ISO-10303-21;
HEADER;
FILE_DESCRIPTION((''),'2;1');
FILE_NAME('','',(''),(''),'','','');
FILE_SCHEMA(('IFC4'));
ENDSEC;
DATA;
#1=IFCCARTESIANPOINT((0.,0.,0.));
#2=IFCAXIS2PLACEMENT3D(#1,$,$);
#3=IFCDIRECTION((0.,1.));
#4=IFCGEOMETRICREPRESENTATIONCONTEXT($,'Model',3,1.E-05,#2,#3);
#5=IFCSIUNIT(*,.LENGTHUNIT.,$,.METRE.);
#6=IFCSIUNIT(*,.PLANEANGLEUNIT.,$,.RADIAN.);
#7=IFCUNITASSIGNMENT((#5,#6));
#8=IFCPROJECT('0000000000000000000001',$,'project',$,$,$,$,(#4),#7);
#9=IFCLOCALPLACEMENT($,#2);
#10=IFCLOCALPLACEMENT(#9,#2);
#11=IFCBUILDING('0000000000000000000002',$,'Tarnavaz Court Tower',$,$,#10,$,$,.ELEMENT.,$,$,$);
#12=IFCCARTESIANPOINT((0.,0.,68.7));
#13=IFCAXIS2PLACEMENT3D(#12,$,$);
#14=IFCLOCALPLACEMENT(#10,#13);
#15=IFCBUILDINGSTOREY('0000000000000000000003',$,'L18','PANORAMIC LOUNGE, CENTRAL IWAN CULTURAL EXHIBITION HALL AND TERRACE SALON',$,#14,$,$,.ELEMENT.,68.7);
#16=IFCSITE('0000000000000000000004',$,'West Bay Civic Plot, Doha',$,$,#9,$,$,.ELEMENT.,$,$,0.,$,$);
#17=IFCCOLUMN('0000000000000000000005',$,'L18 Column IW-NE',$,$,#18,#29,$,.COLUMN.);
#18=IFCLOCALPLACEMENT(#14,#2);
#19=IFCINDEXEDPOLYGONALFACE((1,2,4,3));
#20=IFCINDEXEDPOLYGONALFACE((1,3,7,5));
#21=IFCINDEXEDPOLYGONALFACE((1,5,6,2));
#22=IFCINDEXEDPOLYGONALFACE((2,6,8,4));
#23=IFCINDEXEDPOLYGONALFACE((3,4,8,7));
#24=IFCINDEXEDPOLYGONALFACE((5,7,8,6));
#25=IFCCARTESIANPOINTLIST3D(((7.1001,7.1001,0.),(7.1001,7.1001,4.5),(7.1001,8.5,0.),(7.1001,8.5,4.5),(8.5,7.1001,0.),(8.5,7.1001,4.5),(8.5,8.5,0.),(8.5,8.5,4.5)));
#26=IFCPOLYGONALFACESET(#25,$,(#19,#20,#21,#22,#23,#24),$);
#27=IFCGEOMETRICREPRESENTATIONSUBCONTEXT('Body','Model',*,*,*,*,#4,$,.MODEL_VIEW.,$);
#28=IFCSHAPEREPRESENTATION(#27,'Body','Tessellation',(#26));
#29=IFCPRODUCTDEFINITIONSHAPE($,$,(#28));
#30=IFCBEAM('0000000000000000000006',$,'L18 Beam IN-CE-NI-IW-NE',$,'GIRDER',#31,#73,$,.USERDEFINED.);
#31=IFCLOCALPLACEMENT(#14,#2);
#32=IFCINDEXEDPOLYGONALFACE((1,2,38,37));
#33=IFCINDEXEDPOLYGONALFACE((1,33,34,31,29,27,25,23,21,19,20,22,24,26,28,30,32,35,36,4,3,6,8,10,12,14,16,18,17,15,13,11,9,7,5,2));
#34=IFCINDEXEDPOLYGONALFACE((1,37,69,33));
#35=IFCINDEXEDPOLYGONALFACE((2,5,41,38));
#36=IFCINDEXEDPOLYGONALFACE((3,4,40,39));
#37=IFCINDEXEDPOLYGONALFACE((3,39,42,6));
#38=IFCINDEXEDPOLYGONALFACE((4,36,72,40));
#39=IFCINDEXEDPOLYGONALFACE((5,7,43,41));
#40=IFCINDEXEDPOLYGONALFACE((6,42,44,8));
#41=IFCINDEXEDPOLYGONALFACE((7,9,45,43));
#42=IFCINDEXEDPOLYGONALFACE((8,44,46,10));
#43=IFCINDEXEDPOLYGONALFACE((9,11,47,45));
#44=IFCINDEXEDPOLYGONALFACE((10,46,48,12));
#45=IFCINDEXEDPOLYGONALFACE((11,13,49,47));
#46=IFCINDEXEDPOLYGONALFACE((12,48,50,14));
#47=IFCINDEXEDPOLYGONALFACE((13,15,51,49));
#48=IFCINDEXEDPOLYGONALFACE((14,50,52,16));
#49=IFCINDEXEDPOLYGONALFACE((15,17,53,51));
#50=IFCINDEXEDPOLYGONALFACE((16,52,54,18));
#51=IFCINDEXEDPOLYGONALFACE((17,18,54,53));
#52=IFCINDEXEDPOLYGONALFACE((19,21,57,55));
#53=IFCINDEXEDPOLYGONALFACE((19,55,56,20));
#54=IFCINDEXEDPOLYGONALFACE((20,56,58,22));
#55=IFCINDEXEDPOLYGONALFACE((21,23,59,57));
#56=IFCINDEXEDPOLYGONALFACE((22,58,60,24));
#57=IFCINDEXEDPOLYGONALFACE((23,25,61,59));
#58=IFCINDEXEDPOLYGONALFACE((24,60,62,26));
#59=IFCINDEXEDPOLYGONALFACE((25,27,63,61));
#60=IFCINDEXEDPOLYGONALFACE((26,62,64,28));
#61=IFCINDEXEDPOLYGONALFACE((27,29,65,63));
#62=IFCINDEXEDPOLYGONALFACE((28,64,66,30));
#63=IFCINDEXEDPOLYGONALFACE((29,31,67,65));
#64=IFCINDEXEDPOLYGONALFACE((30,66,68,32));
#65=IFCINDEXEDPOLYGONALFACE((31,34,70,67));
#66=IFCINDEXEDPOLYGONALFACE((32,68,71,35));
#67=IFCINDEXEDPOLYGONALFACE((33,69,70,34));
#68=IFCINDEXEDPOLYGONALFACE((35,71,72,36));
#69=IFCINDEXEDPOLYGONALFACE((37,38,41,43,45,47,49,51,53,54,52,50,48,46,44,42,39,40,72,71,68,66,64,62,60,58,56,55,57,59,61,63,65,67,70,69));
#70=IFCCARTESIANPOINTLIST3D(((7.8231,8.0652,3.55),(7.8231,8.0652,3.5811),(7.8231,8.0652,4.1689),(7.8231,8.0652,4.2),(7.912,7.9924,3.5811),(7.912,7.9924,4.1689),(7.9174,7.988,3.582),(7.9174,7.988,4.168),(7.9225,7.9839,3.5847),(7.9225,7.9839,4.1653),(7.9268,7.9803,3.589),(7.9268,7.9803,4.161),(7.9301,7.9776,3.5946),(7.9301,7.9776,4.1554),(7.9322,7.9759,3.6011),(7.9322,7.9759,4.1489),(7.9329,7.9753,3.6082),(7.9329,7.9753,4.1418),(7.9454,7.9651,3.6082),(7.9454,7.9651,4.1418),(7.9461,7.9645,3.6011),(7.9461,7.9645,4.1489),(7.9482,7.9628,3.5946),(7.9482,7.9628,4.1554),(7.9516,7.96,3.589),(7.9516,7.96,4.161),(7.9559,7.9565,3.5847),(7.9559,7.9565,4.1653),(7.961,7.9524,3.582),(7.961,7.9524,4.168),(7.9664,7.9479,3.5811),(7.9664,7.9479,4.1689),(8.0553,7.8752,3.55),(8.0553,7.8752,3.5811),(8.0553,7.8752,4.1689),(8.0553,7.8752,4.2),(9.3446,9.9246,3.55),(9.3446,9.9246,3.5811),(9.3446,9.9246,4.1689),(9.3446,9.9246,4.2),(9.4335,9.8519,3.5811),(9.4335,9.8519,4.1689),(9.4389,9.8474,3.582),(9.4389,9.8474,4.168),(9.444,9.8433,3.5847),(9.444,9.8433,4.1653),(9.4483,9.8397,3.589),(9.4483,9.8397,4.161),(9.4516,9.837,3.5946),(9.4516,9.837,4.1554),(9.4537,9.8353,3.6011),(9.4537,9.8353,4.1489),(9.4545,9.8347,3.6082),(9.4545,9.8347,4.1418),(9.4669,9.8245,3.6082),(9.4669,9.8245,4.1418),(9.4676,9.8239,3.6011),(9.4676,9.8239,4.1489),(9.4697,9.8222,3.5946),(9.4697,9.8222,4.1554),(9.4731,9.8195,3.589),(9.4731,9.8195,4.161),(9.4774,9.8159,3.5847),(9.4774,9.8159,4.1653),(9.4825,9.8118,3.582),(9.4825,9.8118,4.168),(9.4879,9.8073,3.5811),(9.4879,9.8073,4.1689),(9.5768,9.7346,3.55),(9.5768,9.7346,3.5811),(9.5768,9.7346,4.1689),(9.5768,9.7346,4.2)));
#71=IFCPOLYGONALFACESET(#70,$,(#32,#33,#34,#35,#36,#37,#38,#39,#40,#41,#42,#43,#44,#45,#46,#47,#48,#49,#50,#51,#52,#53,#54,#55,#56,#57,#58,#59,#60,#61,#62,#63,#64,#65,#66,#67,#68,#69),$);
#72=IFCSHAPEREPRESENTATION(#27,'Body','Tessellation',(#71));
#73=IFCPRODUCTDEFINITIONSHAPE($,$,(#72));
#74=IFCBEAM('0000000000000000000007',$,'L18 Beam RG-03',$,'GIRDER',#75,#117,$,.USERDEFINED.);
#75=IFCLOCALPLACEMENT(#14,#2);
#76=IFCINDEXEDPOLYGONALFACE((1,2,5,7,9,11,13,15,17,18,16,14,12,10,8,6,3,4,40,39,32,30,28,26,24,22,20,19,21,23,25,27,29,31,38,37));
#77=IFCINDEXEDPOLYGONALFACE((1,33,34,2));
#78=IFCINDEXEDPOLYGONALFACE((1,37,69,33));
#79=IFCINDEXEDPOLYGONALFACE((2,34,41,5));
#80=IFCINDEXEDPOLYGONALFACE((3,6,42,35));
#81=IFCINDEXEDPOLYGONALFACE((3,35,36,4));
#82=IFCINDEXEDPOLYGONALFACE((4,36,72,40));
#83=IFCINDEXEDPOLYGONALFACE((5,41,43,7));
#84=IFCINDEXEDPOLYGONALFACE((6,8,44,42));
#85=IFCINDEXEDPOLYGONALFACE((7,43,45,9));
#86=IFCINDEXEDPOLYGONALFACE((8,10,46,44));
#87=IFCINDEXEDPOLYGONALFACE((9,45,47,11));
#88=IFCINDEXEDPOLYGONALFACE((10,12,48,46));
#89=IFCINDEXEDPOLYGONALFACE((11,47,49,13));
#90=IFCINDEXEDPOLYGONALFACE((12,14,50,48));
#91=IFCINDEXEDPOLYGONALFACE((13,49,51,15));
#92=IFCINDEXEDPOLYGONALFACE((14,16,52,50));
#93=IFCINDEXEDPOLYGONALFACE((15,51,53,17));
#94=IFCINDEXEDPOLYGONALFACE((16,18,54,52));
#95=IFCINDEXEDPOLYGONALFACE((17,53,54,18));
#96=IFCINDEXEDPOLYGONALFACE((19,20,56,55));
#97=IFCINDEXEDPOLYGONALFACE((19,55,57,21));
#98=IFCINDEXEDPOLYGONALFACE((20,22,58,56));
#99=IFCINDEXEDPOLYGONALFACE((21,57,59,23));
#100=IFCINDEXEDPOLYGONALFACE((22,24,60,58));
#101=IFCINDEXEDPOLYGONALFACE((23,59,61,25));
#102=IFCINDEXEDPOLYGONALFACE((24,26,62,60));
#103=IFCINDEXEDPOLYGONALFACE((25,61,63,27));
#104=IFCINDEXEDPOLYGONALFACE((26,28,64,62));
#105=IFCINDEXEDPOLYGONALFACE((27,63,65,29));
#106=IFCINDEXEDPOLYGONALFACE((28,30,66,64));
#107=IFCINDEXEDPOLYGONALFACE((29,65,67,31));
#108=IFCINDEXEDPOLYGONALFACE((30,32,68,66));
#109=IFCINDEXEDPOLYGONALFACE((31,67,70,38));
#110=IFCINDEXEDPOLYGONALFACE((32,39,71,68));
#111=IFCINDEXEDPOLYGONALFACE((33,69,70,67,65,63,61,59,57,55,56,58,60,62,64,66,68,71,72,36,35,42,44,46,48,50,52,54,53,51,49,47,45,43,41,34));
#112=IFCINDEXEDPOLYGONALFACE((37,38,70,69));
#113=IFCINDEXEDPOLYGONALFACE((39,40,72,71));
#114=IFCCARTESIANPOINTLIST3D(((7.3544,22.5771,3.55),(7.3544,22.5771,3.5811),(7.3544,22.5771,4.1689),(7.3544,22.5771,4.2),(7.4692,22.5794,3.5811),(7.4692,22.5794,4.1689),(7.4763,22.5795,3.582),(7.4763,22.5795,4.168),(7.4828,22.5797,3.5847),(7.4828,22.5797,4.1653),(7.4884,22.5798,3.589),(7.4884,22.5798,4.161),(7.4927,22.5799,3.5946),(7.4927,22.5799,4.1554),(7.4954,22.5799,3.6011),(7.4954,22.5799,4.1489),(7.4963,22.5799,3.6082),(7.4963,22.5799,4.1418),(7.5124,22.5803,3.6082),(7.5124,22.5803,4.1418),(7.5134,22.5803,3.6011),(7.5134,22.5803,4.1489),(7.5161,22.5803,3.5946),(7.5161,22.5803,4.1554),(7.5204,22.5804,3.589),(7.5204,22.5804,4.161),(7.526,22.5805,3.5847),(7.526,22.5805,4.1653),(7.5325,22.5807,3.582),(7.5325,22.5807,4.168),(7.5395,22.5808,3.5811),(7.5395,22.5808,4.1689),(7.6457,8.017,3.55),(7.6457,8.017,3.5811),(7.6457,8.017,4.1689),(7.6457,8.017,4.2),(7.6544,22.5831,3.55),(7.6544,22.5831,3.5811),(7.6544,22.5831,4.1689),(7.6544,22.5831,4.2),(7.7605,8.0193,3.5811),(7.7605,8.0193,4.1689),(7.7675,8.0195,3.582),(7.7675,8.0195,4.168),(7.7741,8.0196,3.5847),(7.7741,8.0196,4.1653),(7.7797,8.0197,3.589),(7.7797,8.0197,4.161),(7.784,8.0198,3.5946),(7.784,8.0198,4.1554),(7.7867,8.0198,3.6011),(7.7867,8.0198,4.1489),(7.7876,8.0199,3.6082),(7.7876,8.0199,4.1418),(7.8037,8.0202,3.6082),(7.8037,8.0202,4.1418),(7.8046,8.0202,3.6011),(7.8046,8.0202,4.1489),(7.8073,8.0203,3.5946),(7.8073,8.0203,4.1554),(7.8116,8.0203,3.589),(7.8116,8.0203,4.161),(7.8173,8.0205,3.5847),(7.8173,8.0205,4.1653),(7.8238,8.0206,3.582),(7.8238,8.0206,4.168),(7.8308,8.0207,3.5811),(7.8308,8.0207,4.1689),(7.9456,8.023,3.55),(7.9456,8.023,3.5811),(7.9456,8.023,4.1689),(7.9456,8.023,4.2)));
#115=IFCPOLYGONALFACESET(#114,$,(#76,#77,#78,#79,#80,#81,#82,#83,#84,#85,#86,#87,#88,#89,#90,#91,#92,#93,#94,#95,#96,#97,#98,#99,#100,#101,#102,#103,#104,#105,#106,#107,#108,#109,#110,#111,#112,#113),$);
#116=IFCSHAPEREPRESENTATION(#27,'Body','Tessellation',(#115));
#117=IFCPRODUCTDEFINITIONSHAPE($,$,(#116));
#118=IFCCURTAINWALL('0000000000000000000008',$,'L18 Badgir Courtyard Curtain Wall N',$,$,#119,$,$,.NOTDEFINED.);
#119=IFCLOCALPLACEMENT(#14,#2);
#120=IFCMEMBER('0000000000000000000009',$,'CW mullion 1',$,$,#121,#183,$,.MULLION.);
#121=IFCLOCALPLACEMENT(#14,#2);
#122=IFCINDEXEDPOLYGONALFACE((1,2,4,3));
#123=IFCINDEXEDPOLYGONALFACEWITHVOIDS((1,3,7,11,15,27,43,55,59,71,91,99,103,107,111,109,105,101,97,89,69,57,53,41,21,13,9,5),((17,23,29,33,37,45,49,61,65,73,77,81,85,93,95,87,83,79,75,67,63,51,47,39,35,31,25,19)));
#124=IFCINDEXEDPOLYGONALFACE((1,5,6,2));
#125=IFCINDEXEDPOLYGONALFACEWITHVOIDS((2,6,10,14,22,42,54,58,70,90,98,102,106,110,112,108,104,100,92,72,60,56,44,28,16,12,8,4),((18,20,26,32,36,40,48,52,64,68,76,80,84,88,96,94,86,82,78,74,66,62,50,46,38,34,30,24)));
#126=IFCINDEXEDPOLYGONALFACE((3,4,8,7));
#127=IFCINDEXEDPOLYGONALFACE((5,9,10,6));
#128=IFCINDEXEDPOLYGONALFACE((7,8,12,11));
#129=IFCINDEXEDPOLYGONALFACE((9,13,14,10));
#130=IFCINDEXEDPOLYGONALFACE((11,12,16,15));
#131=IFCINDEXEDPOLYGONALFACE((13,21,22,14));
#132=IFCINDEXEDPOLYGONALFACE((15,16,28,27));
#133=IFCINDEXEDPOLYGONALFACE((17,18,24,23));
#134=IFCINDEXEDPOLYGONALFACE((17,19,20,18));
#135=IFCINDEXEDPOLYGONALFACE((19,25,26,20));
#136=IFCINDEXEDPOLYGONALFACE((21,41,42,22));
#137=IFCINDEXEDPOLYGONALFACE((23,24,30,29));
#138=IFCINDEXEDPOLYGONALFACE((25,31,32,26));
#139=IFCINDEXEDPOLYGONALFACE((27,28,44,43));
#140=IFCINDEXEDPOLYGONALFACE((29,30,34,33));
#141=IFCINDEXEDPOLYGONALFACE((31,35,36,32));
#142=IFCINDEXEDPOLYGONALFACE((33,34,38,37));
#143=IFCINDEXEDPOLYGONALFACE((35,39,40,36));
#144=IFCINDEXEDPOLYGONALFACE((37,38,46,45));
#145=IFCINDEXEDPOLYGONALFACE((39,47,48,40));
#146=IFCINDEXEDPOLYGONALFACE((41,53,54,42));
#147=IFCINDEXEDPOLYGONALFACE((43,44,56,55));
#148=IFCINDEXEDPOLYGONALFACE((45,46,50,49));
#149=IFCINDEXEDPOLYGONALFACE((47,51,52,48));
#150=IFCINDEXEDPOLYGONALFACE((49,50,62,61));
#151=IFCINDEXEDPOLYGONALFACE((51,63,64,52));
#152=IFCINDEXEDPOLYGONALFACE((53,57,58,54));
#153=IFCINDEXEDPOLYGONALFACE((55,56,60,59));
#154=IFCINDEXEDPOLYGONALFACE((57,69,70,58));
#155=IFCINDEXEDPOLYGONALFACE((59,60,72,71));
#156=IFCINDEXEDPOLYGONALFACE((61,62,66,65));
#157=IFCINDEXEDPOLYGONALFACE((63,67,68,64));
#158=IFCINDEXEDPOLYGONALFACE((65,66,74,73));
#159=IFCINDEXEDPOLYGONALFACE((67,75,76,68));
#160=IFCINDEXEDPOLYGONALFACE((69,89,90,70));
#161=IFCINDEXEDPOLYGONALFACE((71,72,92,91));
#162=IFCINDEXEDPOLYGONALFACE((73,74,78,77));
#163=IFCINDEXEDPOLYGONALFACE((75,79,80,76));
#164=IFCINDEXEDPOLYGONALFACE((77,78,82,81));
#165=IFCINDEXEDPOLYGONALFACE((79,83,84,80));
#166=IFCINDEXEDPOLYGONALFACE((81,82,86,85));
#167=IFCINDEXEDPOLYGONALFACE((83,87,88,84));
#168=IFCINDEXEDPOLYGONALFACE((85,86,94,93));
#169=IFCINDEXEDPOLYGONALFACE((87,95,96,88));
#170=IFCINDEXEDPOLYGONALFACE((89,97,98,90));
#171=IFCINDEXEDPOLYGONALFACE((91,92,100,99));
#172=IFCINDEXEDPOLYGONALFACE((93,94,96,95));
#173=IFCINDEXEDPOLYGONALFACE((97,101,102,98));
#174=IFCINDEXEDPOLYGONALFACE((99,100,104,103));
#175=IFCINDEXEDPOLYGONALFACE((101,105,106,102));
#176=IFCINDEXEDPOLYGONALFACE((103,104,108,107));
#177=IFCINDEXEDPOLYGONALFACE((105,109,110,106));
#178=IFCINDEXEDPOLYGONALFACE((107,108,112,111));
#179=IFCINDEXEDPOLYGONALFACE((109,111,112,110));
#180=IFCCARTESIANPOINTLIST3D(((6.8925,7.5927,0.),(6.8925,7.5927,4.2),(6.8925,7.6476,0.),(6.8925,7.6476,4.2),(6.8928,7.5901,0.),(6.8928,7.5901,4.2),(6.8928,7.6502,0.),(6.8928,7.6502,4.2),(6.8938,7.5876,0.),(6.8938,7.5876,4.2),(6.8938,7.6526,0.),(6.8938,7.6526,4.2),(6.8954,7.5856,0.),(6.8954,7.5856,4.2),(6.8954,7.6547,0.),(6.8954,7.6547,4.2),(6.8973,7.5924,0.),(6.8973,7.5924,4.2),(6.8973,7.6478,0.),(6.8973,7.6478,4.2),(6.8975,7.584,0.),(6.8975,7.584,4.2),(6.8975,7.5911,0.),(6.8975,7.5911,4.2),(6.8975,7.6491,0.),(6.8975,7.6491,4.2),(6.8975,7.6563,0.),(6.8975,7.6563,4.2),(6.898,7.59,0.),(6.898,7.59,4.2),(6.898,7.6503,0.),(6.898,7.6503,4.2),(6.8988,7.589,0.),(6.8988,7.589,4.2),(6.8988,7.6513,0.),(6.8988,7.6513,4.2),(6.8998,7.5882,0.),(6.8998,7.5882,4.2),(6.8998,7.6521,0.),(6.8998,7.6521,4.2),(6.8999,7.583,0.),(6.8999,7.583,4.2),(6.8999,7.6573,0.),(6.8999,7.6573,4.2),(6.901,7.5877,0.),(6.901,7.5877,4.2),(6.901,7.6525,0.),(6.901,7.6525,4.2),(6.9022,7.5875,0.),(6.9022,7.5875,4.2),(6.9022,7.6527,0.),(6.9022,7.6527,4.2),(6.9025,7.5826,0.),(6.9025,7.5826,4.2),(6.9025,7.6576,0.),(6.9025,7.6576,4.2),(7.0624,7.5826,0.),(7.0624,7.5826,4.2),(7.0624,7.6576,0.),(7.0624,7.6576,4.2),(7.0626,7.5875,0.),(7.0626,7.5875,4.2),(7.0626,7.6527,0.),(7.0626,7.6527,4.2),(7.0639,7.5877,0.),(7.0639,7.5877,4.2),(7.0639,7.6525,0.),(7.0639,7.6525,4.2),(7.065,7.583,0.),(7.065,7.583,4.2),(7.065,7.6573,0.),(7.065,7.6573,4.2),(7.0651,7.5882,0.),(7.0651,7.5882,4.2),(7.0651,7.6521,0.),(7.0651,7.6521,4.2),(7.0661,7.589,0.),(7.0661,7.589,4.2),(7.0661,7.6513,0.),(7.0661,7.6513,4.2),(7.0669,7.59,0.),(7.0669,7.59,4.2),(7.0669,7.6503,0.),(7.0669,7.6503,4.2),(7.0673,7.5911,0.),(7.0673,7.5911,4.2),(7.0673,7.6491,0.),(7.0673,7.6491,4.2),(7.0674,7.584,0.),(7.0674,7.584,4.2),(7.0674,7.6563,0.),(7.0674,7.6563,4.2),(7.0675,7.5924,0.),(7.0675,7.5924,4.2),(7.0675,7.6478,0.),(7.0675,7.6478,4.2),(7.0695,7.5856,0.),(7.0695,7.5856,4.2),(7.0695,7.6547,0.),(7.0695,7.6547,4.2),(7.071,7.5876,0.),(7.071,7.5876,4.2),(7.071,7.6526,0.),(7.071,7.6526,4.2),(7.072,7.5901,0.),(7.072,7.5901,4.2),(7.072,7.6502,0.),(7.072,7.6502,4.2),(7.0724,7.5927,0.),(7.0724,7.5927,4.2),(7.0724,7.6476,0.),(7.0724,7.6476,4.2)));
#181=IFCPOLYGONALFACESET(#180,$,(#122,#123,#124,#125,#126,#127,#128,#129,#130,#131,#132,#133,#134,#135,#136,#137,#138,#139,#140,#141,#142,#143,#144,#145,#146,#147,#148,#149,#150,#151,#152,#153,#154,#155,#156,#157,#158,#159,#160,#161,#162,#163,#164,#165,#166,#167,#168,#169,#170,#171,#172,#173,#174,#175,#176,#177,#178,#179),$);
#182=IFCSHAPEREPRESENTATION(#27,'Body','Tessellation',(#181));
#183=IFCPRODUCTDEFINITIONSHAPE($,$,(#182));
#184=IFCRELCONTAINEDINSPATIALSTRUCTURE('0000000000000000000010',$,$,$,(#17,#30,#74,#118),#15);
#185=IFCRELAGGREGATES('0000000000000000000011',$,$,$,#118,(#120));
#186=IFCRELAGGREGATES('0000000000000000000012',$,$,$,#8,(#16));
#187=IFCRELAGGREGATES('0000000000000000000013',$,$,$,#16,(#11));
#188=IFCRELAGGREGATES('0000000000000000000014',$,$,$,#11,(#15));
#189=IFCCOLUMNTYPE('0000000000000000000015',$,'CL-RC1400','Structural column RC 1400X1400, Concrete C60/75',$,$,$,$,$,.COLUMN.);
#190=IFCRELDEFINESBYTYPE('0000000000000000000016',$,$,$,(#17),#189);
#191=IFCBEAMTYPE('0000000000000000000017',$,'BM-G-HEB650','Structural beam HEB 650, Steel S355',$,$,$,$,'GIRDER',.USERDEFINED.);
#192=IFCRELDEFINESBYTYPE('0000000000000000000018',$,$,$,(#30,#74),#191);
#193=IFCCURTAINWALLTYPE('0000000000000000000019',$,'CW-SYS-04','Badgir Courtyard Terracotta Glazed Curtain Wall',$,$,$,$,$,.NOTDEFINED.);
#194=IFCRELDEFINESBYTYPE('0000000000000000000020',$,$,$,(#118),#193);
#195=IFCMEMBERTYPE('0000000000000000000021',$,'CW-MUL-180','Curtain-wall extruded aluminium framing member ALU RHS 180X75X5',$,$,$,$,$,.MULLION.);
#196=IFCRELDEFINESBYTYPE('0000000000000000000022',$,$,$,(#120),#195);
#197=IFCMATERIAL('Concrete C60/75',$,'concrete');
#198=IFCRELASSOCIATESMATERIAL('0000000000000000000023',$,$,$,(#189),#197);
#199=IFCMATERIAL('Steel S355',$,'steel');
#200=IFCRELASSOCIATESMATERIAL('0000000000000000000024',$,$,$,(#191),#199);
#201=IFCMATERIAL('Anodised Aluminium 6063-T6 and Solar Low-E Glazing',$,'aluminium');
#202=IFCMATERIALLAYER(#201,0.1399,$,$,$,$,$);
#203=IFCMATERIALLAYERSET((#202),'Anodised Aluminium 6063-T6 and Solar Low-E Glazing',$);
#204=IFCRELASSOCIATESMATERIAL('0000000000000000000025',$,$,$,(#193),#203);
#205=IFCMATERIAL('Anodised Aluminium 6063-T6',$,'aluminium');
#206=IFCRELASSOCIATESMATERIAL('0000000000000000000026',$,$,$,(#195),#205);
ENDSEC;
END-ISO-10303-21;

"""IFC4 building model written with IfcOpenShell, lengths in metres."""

from ifc_helpers import new_model, si_unit, direction, frame, origin, origin_2d, place, context, subcontext, project, spatial, rectangle, hollow_rectangle, i_section, extrude, material, layer, layer_set, material_profile, profile_set, type_object, element, aggregate, save


model = new_model("IFC4")

# Units and contexts
model_context = context("Model", 3, precision=1e-05, world=origin(), true_north=direction((0.0, 1.0)))
body_context = subcontext(model_context, "Body", "Model", "MODEL_VIEW")
ifc_project = project(units=[si_unit("LENGTHUNIT", "METRE"), si_unit("PLANEANGLEUNIT", "RADIAN")], contexts=[model_context])

# Site, building, storey
site_placement = place(None, origin())
site = spatial("IfcSite", under=ifc_project, at=site_placement, Name="West Bay Civic Plot, Doha", CompositionType="ELEMENT", RefElevation=0.0)
building_placement = place(site_placement, origin())
building = spatial("IfcBuilding", under=site, at=building_placement, Name="Tarnavaz Court Tower", CompositionType="ELEMENT")
storey_placement = place(building_placement, frame((0.0, 0.0, 68.7)))
storey = spatial("IfcBuildingStorey", under=building, at=storey_placement, Name="L18", Description="PANORAMIC LOUNGE, CENTRAL IWAN CULTURAL EXHIBITION HALL AND TERRACE SALON", CompositionType="ELEMENT", Elevation=68.7)

# Column
ifc_material_1 = material(Name="Concrete C60/75", Category="concrete")
ifc_material_profile_1 = material_profile(ifc_material_1, rectangle(XDim=1.3999, YDim=1.3999, at=origin_2d()), Name="RC 1400X1400")
ifc_profile_set_1 = profile_set([ifc_material_profile_1], Name="Concrete C60/75")
column_type = type_object("IfcColumnType", Name="CL-RC1400", Description="Structural column RC 1400X1400, Concrete C60/75", PredefinedType="COLUMN", material=ifc_profile_set_1)
column_placement = place(storey_placement, frame((7.8, 7.8, 0.0), z_axis=(0.0, 0.0, 1.0), x_axis=(1.0, 0.0, 0.0)))
element("IfcColumn", 1, at=column_placement, inside=storey, type_object=column_type, Name="L18 Column IW-NE", PredefinedType="COLUMN", context=body_context, shape_type="SweptSolid", body=[
    extrude(rectangle(XDim=1.3999, YDim=1.3999, at=origin_2d()), origin(), (0.0, 0.0, 1.0), 4.5),
])

# Beams
ifc_material_2 = material(Name="Steel S355", Category="steel")
ifc_material_profile_2 = material_profile(ifc_material_2, i_section(OverallWidth=0.3, OverallDepth=0.6499, WebThickness=0.0161, FlangeThickness=0.031, FilletRadius=0.0271, at=origin_2d()), Name="HEB 650")
ifc_profile_set_2 = profile_set([ifc_material_profile_2], Name="Steel S355")
beam_type = type_object("IfcBeamType", Name="BM-G-HEB650", Description="Structural beam HEB 650, Steel S355", ElementType="GIRDER", PredefinedType="USERDEFINED", material=ifc_profile_set_2)
beam_1_placement = place(storey_placement, frame((9.4607, 9.8296, 3.875), z_axis=(-0.633282, -0.773921, 0.0), x_axis=(0.773921, -0.633282, 0.0)))
element("IfcBeam", 2, at=beam_1_placement, inside=storey, type_object=beam_type, Name="L18 Beam IN-CE-NI-IW-NE", ObjectType="GIRDER", PredefinedType="USERDEFINED", context=body_context, shape_type="SweptSolid", body=[
    extrude(i_section(OverallWidth=0.3, OverallDepth=0.6499, WebThickness=0.0161, FlangeThickness=0.031, FilletRadius=0.0271, at=origin_2d()), origin(), (0.0, 0.0, 1.0), 2.4026),
])
beam_2_placement = place(storey_placement, frame((7.7957, 8.02, 3.875), z_axis=(-0.02, 0.9998, 0.0), x_axis=(-0.9998, -0.02, 0.0)))
element("IfcBeam", 3, at=beam_2_placement, inside=storey, type_object=beam_type, Name="L18 Beam RG-03", ObjectType="GIRDER", PredefinedType="USERDEFINED", context=body_context, shape_type="SweptSolid", body=[
    extrude(i_section(OverallWidth=0.3, OverallDepth=0.6499, WebThickness=0.0161, FlangeThickness=0.031, FilletRadius=0.0271, at=origin_2d()), origin(), (0.0, 0.0, 1.0), 14.563),
])

# Curtain wall, member
ifc_material_3 = material(Name="Anodised Aluminium 6063-T6 and Solar Low-E Glazing", Category="aluminium")
ifc_layer_1 = layer(ifc_material_3, 0.1399)
ifc_layer_set_1 = layer_set([ifc_layer_1], Name="Anodised Aluminium 6063-T6 and Solar Low-E Glazing")
curtain_wall_type = type_object("IfcCurtainWallType", Name="CW-SYS-04", Description="Badgir Courtyard Terracotta Glazed Curtain Wall", PredefinedType="NOTDEFINED", material=ifc_layer_set_1)
curtain_wall_placement = place(storey_placement, origin())
curtain_wall = element("IfcCurtainWall", 4, at=curtain_wall_placement, inside=storey, type_object=curtain_wall_type, Name="L18 Badgir Courtyard Curtain Wall N", PredefinedType="NOTDEFINED")
ifc_material_4 = material(Name="Anodised Aluminium 6063-T6", Category="aluminium")
ifc_material_profile_3 = material_profile(ifc_material_4, hollow_rectangle(XDim=0.075, YDim=0.1799, WallThickness=0.0049, InnerFilletRadius=0.0049, OuterFilletRadius=0.01, at=origin_2d()), Name="ALU RHS 180X75X5")
ifc_profile_set_3 = profile_set([ifc_material_profile_3], Name="Anodised Aluminium 6063-T6")
member_type_1 = type_object("IfcMemberType", Name="CW-MUL-180", Description="Curtain-wall extruded aluminium framing member ALU RHS 180X75X5", PredefinedType="MULLION", material=ifc_profile_set_3)
member_1_placement = place(storey_placement, frame((6.9824, 7.6201, 0.0), z_axis=(0.0, 0.0, 1.0), x_axis=(0.0, -1.0, 0.0)))
member_1 = element("IfcMember", 5, at=member_1_placement, type_object=member_type_1, Name="CW mullion 1", PredefinedType="MULLION", context=body_context, shape_type="SweptSolid", body=[
    extrude(hollow_rectangle(XDim=0.075, YDim=0.1799, WallThickness=0.0049, InnerFilletRadius=0.0049, OuterFilletRadius=0.01, at=origin_2d()), origin(), (0.0, 0.0, 1.0), 4.2),
])
aggregate(curtain_wall, [member_1])

save(model, "model.ifc")
